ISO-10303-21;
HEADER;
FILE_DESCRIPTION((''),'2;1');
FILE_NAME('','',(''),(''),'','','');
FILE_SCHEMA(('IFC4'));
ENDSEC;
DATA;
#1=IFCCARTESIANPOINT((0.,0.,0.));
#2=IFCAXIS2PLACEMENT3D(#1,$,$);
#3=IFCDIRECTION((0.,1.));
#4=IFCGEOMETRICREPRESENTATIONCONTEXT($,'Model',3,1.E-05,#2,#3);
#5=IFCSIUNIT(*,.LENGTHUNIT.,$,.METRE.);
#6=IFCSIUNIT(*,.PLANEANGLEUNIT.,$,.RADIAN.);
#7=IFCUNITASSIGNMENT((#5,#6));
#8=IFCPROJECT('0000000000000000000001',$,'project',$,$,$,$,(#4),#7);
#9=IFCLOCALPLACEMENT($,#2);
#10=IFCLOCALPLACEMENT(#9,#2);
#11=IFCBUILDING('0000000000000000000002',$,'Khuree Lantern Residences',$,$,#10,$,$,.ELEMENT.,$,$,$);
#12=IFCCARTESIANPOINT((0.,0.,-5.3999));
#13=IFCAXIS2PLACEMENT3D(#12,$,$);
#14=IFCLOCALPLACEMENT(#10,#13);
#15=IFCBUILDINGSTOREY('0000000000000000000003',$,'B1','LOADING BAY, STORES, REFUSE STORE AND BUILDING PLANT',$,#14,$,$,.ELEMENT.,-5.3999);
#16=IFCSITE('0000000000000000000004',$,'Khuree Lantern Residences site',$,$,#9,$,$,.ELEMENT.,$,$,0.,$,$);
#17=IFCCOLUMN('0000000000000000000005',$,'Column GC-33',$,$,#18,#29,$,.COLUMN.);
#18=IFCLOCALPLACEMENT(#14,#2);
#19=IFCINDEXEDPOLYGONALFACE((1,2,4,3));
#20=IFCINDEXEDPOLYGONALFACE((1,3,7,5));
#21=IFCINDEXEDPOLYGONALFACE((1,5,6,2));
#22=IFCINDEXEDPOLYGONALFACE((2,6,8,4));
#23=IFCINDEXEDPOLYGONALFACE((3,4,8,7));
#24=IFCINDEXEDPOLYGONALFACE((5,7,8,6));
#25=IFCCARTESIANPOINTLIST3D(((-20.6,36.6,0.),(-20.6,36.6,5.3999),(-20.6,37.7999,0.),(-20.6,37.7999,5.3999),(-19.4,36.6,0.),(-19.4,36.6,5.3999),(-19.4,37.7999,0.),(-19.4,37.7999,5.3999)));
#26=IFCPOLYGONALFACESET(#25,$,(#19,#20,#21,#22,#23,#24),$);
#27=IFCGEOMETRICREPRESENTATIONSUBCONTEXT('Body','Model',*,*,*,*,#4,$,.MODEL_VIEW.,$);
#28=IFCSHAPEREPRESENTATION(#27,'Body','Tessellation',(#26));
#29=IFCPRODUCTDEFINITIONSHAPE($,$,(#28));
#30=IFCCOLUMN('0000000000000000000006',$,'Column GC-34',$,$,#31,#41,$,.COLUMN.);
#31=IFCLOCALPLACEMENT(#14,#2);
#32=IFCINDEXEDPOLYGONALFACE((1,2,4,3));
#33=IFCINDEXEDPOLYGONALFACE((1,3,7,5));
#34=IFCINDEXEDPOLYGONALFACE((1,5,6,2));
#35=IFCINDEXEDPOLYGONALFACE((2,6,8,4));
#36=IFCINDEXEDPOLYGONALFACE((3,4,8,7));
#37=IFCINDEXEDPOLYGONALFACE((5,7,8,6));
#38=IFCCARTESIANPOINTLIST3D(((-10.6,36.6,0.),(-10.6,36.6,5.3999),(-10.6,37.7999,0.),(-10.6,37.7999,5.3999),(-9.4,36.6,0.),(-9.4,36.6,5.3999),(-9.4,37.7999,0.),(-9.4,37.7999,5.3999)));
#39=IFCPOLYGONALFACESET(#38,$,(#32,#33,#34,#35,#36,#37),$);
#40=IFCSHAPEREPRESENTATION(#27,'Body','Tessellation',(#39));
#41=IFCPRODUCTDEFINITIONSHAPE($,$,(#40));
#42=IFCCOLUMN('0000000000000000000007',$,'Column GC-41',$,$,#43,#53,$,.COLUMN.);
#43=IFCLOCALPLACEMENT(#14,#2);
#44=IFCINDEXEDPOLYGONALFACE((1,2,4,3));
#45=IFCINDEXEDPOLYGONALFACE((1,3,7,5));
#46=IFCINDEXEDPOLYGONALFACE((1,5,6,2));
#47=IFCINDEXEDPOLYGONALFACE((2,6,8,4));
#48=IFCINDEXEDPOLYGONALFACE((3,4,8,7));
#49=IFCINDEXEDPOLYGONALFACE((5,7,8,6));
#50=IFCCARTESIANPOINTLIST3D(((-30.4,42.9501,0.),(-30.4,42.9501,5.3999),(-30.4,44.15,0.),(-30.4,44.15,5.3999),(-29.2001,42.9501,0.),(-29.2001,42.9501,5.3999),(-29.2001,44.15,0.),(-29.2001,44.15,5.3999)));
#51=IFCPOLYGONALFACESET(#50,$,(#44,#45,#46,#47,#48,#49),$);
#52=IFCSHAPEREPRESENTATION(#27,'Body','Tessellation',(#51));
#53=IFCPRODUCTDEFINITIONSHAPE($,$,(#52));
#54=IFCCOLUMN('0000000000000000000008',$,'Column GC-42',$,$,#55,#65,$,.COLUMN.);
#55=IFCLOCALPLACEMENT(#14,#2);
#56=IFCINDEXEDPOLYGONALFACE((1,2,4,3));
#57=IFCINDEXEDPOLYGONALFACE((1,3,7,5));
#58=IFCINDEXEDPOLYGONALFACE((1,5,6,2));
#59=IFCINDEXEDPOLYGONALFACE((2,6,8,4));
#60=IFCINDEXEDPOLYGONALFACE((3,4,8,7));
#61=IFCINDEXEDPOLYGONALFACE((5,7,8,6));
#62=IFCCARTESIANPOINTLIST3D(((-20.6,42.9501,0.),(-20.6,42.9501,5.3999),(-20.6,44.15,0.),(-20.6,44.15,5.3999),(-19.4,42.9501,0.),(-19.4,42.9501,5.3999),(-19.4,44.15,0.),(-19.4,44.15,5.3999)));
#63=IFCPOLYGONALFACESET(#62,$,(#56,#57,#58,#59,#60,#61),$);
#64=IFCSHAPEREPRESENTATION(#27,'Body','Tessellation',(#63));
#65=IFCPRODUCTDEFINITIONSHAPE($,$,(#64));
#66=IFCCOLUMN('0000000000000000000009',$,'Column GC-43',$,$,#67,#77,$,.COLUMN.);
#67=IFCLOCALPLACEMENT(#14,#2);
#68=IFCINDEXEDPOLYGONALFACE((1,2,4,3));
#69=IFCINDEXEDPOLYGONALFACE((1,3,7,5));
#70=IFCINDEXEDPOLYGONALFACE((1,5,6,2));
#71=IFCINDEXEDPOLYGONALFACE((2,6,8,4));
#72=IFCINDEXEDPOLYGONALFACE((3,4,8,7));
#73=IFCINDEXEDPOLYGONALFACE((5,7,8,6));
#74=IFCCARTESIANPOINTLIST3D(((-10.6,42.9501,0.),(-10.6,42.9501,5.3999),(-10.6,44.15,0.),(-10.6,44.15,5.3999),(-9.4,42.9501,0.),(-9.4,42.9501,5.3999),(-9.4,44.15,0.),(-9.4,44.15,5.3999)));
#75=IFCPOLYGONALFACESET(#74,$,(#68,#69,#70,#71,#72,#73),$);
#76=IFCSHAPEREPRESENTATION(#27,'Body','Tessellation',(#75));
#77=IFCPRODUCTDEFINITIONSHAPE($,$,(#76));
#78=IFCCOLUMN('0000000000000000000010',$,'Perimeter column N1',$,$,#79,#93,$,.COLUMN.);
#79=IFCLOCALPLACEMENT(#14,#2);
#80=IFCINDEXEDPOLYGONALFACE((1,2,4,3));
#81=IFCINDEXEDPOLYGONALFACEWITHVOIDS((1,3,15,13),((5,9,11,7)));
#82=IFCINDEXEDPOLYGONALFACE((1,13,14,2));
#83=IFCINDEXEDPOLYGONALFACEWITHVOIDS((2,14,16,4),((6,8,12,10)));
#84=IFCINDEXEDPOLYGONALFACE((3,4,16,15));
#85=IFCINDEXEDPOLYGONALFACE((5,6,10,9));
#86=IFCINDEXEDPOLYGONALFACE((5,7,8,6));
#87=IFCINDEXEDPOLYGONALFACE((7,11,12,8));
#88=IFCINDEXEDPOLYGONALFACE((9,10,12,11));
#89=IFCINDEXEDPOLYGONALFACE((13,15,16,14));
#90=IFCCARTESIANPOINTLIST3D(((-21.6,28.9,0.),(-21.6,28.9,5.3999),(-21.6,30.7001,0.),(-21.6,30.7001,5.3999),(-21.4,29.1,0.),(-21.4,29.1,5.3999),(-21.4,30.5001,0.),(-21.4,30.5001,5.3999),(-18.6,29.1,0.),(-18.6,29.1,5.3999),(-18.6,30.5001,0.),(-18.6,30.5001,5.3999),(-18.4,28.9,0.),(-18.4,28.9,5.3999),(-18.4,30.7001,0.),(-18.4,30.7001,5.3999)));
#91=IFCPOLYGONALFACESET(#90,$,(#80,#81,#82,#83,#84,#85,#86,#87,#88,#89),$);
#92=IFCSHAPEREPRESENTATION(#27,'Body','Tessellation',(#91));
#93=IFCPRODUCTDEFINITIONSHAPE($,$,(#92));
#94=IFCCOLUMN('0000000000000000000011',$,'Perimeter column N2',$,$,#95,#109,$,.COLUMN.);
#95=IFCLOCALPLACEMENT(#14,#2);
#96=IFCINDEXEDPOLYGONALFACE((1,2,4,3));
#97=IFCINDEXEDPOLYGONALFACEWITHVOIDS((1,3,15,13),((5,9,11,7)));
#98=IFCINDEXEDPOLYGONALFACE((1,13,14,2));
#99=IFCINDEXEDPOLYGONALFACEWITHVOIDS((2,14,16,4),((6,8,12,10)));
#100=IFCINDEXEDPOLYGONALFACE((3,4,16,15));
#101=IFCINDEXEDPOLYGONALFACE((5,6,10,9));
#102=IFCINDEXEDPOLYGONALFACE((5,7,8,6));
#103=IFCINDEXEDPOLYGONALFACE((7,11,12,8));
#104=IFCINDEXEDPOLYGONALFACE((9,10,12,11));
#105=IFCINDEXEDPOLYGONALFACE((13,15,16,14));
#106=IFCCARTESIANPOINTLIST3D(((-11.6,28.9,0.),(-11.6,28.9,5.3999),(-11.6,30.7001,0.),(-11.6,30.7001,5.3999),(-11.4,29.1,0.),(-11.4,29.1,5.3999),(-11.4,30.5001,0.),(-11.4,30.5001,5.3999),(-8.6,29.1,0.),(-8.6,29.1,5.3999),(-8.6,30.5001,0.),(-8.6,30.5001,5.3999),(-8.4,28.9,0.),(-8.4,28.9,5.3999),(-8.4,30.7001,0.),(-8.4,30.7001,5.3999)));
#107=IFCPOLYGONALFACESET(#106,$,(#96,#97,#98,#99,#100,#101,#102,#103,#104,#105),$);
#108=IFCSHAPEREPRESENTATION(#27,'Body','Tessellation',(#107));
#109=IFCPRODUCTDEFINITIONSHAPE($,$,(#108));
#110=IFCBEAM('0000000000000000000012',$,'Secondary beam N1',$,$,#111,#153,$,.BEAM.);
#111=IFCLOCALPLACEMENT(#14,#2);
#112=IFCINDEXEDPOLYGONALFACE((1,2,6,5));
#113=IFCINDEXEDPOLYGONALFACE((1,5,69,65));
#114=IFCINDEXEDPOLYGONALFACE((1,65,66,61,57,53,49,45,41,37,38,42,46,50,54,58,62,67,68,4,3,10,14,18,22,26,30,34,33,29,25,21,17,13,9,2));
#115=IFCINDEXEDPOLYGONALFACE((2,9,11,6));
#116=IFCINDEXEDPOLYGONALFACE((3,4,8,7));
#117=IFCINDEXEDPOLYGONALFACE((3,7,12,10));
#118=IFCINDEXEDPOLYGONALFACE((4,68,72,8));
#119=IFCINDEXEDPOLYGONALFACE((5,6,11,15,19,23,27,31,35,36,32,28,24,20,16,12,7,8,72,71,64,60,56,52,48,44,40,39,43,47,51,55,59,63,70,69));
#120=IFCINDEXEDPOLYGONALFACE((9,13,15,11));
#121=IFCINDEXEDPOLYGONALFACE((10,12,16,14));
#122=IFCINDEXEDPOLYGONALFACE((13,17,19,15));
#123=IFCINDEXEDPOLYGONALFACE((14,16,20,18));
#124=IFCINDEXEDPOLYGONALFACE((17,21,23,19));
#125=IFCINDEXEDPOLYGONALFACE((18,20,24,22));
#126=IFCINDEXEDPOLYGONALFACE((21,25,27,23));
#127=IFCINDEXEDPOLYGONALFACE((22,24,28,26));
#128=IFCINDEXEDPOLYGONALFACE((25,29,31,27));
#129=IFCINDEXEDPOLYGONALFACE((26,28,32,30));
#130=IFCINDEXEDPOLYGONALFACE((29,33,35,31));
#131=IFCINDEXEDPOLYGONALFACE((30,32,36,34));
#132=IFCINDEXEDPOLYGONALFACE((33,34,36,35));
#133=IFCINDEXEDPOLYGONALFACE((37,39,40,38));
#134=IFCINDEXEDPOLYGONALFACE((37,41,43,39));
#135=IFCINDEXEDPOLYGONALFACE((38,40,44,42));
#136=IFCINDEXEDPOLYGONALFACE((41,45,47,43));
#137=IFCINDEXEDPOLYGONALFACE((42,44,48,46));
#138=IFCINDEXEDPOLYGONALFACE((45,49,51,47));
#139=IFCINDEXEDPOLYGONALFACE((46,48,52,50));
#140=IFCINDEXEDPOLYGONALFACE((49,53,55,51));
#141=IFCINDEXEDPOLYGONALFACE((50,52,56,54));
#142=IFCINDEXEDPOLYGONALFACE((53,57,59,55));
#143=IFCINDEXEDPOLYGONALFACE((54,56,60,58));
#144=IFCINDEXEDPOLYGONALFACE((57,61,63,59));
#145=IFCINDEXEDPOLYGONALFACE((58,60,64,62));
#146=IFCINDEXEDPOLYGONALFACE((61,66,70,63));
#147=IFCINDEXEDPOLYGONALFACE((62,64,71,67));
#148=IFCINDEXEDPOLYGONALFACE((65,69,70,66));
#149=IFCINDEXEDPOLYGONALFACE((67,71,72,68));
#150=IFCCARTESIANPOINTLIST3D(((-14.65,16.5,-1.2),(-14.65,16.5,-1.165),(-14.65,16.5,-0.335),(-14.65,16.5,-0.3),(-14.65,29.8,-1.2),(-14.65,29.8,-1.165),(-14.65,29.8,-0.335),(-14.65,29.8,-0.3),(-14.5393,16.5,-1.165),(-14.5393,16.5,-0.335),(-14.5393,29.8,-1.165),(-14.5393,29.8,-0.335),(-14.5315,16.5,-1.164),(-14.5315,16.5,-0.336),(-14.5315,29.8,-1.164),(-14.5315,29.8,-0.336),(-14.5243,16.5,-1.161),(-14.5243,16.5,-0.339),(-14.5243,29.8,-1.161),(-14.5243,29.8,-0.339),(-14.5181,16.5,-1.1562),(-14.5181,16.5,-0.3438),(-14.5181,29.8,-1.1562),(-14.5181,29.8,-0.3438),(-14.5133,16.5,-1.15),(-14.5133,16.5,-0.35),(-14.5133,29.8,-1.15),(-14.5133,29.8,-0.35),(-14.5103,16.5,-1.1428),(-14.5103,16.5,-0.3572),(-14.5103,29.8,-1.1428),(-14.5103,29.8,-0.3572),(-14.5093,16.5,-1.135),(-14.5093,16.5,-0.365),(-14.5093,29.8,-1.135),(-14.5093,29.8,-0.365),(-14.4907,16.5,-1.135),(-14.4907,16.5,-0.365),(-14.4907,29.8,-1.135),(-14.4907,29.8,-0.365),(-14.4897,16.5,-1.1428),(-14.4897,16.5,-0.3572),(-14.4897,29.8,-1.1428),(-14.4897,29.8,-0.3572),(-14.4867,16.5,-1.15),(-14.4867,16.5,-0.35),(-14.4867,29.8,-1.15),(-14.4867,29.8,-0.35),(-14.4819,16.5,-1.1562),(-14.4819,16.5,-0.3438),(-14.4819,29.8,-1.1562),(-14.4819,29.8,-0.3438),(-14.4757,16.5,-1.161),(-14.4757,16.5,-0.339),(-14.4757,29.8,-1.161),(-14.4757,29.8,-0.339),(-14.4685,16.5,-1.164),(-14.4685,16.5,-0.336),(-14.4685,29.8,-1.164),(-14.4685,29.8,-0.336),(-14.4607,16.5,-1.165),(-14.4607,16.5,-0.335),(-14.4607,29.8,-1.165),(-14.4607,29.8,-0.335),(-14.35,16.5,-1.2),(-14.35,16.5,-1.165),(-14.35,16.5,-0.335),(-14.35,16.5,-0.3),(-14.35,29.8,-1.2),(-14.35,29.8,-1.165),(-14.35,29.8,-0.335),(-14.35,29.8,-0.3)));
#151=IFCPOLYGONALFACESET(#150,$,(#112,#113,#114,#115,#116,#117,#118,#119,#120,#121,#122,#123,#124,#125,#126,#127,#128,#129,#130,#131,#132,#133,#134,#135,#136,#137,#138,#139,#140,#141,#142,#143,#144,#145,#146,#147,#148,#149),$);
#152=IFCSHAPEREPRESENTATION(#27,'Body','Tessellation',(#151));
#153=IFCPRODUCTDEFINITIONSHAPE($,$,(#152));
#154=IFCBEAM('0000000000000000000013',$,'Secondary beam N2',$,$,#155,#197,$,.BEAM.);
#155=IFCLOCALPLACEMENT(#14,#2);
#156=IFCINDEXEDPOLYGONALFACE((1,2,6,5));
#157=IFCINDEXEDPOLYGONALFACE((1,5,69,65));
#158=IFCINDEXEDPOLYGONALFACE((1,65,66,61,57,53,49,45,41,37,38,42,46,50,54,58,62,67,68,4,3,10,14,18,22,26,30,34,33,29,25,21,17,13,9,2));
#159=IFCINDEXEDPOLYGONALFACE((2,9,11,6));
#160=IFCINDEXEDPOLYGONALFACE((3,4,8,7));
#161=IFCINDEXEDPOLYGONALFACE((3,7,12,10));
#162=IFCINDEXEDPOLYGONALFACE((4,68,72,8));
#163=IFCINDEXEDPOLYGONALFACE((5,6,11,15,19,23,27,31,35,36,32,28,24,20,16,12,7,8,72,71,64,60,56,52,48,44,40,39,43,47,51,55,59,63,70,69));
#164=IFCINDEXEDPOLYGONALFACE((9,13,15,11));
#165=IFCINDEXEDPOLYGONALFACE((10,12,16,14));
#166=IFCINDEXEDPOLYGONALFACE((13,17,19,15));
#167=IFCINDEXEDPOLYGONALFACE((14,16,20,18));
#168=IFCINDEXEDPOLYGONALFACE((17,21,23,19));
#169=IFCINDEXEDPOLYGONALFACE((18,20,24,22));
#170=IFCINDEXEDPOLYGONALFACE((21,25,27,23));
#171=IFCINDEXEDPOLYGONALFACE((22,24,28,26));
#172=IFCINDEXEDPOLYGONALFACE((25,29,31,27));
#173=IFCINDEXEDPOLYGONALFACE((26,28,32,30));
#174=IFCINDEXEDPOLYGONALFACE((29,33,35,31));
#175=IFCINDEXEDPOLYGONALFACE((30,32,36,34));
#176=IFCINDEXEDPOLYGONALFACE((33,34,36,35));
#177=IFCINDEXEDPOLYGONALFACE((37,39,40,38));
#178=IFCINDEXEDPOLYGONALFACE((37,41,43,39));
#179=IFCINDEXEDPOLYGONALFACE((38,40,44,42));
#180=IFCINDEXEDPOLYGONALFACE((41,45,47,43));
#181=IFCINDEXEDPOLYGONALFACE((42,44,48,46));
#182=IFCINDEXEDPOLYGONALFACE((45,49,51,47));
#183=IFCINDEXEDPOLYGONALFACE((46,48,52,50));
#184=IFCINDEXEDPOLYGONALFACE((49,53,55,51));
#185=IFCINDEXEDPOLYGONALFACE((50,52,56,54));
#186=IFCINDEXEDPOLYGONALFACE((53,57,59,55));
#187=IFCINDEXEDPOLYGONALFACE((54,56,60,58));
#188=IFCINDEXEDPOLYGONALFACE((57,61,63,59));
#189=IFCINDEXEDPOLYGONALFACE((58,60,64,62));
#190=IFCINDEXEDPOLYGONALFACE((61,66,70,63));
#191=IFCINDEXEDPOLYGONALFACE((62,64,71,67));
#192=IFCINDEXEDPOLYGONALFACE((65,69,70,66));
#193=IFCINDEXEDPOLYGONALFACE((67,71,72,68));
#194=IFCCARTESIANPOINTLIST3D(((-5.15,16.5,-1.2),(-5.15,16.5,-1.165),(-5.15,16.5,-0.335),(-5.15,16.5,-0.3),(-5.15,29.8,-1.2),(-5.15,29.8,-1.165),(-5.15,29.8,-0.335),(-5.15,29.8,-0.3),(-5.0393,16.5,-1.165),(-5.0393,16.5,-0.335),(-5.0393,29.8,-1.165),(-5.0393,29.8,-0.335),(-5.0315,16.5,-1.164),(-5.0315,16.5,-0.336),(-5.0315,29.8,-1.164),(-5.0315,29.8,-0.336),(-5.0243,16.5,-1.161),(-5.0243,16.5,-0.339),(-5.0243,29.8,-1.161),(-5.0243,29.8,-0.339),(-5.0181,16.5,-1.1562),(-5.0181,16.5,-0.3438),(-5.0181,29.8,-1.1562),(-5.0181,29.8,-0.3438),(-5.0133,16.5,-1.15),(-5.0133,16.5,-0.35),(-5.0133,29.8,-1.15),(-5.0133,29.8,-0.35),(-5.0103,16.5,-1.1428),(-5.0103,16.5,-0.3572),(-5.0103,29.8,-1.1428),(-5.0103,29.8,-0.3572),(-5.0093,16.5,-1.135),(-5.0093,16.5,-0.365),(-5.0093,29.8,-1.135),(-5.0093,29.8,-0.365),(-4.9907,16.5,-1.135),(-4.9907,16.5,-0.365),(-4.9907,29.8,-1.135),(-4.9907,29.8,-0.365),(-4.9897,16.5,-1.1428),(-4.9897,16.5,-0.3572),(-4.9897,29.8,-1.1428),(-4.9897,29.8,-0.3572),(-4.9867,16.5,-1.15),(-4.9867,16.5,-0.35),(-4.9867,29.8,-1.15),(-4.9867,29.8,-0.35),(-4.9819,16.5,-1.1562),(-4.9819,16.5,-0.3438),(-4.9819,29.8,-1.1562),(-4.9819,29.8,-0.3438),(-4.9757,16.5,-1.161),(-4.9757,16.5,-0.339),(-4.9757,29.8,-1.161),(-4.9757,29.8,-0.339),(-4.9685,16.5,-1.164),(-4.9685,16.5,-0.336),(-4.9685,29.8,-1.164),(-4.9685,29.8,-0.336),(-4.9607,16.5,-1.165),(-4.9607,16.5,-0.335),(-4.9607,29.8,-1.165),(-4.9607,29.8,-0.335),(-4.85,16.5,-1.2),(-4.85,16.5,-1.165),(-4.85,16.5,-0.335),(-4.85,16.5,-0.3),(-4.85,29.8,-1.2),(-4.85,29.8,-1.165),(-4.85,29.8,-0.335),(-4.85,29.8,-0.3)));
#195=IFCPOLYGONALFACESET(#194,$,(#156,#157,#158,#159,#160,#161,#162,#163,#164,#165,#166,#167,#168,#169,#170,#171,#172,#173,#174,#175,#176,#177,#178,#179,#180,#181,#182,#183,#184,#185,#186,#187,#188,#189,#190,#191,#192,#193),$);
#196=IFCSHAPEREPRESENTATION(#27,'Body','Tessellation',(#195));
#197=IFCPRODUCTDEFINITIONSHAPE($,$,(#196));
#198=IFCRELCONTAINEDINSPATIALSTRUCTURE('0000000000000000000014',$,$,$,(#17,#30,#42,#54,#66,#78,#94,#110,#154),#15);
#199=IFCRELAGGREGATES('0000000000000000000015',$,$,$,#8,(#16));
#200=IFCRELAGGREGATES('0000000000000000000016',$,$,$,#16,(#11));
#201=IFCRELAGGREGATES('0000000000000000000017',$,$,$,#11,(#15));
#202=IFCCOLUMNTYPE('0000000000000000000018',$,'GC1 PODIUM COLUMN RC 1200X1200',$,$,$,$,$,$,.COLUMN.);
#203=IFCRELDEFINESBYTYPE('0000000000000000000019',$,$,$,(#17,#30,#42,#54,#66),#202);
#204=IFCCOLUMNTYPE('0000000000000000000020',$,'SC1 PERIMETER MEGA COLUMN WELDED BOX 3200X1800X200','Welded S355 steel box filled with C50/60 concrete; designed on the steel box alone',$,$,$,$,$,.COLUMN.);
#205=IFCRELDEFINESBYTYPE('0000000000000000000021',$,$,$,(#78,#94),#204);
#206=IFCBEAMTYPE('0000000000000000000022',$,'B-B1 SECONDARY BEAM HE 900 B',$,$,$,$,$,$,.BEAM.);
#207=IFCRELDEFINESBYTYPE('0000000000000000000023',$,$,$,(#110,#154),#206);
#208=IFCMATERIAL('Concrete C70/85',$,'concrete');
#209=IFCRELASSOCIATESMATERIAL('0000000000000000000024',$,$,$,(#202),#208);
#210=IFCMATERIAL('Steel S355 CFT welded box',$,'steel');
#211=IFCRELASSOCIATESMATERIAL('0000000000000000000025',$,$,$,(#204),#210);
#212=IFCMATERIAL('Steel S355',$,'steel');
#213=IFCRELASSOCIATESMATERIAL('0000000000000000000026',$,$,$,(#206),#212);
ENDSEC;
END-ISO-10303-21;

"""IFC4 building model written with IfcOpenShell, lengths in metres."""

from ifc_helpers import new_model, si_unit, direction, frame, origin, origin_2d, place, context, subcontext, project, spatial, rectangle, hollow_rectangle, i_section, extrude, material, material_profile, profile_set, type_object, element, save


model = new_model("IFC4")

# Units and contexts
model_context = context("Model", 3, precision=1e-05, world=origin(), true_north=direction((0.0, 1.0)))
body_context = subcontext(model_context, "Body", "Model", "MODEL_VIEW")
ifc_project = project(units=[si_unit("LENGTHUNIT", "METRE"), si_unit("PLANEANGLEUNIT", "RADIAN")], contexts=[model_context])

# Site, building, storey
site_placement = place(None, origin())
site = spatial("IfcSite", under=ifc_project, at=site_placement, Name="Khuree Lantern Residences site", CompositionType="ELEMENT", RefElevation=0.0)
building_placement = place(site_placement, origin())
building = spatial("IfcBuilding", under=site, at=building_placement, Name="Khuree Lantern Residences", CompositionType="ELEMENT")
storey_placement = place(building_placement, frame((0.0, 0.0, -5.3999)))
storey = spatial("IfcBuildingStorey", under=building, at=storey_placement, Name="B1", Description="LOADING BAY, STORES, REFUSE STORE AND BUILDING PLANT", CompositionType="ELEMENT", Elevation=-5.3999)

# Columns
ifc_material_1 = material(Name="Concrete C70/85", Category="concrete")
ifc_material_profile_1 = material_profile(ifc_material_1, rectangle(XDim=1.2, YDim=1.2, at=origin_2d()), Name="RC 1200X1200")
ifc_profile_set_1 = profile_set([ifc_material_profile_1], Name="Concrete C70/85")
column_type_1 = type_object("IfcColumnType", Name="GC1 PODIUM COLUMN RC 1200X1200", PredefinedType="COLUMN", material=ifc_profile_set_1)
for number, where, z_axis, x_axis, name in (
    (1, (-20.0, 37.2, 0.0), (0.0, 0.0, 1.0), (1.0, 0.0, 0.0), "Column GC-33"),
    (2, (-10.0, 37.2, 0.0), (0.0, 0.0, 1.0), (1.0, 0.0, 0.0), "Column GC-34"),
    (3, (-29.8, 43.55, 0.0), (0.0, 0.0, 1.0), (1.0, 0.0, 0.0), "Column GC-41"),
    (4, (-20.0, 43.55, 0.0), (0.0, 0.0, 1.0), (1.0, 0.0, 0.0), "Column GC-42"),
    (5, (-10.0, 43.55, 0.0), (0.0, 0.0, 1.0), (1.0, 0.0, 0.0), "Column GC-43"),
):
    element("IfcColumn", number, at=place(storey_placement, frame(where, z_axis=z_axis, x_axis=x_axis)), inside=storey, type_object=column_type_1, Name=name, PredefinedType="COLUMN", context=body_context, shape_type="SweptSolid", body=[
        extrude(rectangle(XDim=1.2, YDim=1.2, at=origin_2d()), origin(), (0.0, 0.0, 1.0), 5.3999),
    ])
ifc_material_2 = material(Name="Steel S355 CFT welded box", Category="steel")
ifc_material_profile_2 = material_profile(ifc_material_2, hollow_rectangle(XDim=3.2, YDim=1.8, WallThickness=0.2, at=origin_2d()), Name="WELDED BOX 3200X1800X200")
ifc_profile_set_2 = profile_set([ifc_material_profile_2], Name="Steel S355 CFT welded box")
column_type_2 = type_object("IfcColumnType", Name="SC1 PERIMETER MEGA COLUMN WELDED BOX 3200X1800X200", Description="Welded S355 steel box filled with C50/60 concrete; designed on the steel box alone", PredefinedType="COLUMN", material=ifc_profile_set_2)
for number, where, z_axis, x_axis, name in (
    (6, (-20.0, 29.8, 0.0), (0.0, 0.0, 1.0), (1.0, 0.0, 0.0), "Perimeter column N1"),
    (7, (-10.0, 29.8, 0.0), (0.0, 0.0, 1.0), (1.0, 0.0, 0.0), "Perimeter column N2"),
):
    element("IfcColumn", number, at=place(storey_placement, frame(where, z_axis=z_axis, x_axis=x_axis)), inside=storey, type_object=column_type_2, Name=name, PredefinedType="COLUMN", context=body_context, shape_type="SweptSolid", body=[
        extrude(hollow_rectangle(XDim=3.2, YDim=1.8, WallThickness=0.2, at=origin_2d()), origin(), (0.0, 0.0, 1.0), 5.3999),
    ])

# Beams
ifc_material_3 = material(Name="Steel S355", Category="steel")
ifc_material_profile_3 = material_profile(ifc_material_3, i_section(OverallWidth=0.3, OverallDepth=0.8999, WebThickness=0.0186, FlangeThickness=0.0349, FilletRadius=0.03, at=origin_2d()), Name="HE 900 B")
ifc_profile_set_3 = profile_set([ifc_material_profile_3], Name="Steel S355")
beam_type_1 = type_object("IfcBeamType", Name="B-B1 SECONDARY BEAM HE 900 B", PredefinedType="BEAM", material=ifc_profile_set_3)
for number, where, z_axis, x_axis, name in (
    (8, (-14.5, 29.8, -0.75), (0.0, -1.0, 0.0), (1.0, 0.0, 0.0), "Secondary beam N1"),
    (9, (-5.0, 29.8, -0.75), (0.0, -1.0, 0.0), (1.0, 0.0, 0.0), "Secondary beam N2"),
):
    element("IfcBeam", number, at=place(storey_placement, frame(where, z_axis=z_axis, x_axis=x_axis)), inside=storey, type_object=beam_type_1, Name=name, PredefinedType="BEAM", context=body_context, shape_type="SweptSolid", body=[
        extrude(i_section(OverallWidth=0.3, OverallDepth=0.8999, WebThickness=0.0186, FlangeThickness=0.0349, FilletRadius=0.03, at=origin_2d()), origin(), (0.0, 0.0, 1.0), 13.3),
    ])

save(model, "model.ifc")
